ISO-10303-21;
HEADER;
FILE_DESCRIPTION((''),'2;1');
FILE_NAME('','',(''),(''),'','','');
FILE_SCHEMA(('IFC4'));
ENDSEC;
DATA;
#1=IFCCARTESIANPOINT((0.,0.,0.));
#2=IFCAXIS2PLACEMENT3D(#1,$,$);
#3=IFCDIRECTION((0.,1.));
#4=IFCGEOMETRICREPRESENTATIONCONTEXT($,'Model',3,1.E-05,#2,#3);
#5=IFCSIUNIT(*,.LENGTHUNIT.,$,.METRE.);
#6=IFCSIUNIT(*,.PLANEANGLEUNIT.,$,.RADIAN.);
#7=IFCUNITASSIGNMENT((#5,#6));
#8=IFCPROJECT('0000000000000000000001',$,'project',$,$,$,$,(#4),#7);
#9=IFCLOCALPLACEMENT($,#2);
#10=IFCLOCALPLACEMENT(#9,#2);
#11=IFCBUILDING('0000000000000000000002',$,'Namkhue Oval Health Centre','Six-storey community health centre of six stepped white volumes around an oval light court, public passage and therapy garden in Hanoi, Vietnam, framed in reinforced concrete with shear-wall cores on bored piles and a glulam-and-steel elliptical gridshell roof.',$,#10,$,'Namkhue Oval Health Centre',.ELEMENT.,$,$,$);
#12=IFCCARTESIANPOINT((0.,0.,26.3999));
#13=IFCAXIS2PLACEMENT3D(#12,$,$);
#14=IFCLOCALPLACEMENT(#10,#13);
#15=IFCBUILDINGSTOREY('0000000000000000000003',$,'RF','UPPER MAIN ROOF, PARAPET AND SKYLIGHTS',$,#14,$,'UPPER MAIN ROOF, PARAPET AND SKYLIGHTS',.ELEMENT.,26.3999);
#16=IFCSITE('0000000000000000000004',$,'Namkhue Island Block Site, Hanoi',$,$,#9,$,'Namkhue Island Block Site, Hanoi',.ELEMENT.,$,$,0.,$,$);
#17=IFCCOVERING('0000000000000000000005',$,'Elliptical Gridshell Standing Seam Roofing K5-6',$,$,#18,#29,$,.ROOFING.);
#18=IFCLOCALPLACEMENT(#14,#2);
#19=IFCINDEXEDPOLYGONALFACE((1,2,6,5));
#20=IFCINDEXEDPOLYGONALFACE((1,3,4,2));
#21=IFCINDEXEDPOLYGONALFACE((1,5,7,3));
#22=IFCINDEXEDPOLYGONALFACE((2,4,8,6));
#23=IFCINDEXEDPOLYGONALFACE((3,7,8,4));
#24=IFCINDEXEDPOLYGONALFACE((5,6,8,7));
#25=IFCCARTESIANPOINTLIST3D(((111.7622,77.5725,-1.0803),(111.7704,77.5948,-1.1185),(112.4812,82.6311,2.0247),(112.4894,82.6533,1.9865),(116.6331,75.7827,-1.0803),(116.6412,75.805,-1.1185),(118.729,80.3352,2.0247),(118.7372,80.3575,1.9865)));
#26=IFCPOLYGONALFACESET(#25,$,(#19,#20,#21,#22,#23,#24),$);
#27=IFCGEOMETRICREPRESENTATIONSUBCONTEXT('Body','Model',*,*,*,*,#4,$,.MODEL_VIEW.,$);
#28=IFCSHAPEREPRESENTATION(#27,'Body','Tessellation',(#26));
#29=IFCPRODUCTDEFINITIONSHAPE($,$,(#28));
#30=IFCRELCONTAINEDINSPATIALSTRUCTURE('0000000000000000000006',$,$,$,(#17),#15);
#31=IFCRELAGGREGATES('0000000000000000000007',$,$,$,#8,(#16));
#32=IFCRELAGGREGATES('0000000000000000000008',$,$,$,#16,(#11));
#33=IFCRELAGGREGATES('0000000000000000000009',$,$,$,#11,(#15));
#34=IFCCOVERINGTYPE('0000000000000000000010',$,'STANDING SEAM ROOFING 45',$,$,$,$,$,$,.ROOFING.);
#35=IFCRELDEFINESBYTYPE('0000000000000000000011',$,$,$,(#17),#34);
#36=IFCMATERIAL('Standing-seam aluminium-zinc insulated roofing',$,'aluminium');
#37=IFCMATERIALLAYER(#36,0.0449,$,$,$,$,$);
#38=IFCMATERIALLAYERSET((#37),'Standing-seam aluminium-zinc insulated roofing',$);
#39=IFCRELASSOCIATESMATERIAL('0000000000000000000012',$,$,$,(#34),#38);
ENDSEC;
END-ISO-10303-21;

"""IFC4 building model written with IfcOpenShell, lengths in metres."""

from ifc_helpers import new_model, si_unit, direction, frame, origin, place, context, subcontext, project, spatial, polyline, outline, extrude, material, layer, layer_set, type_object, element, save


model = new_model("IFC4")

# Units and contexts
model_context = context("Model", 3, precision=1e-05, world=origin(), true_north=direction((0.0, 1.0)))
body_context = subcontext(model_context, "Body", "Model", "MODEL_VIEW")
ifc_project = project(units=[si_unit("LENGTHUNIT", "METRE"), si_unit("PLANEANGLEUNIT", "RADIAN")], contexts=[model_context])

# Site, building, storey
site_placement = place(None, origin())
site = spatial("IfcSite", under=ifc_project, at=site_placement, Name="Namkhue Island Block Site, Hanoi", LongName="Namkhue Island Block Site, Hanoi", CompositionType="ELEMENT", RefElevation=0.0)
building_placement = place(site_placement, origin())
building = spatial("IfcBuilding", under=site, at=building_placement, Name="Namkhue Oval Health Centre", Description="Six-storey community health centre of six stepped white volumes around an oval light court, public passage and therapy garden in Hanoi, Vietnam, framed in reinforced concrete with shear-wall cores on bored piles and a glulam-and-steel elliptical gridshell roof.", LongName="Namkhue Oval Health Centre", CompositionType="ELEMENT")
storey_placement = place(building_placement, frame((0.0, 0.0, 26.3999)))
storey = spatial("IfcBuildingStorey", under=building, at=storey_placement, Name="RF", Description="UPPER MAIN ROOF, PARAPET AND SKYLIGHTS", LongName="UPPER MAIN ROOF, PARAPET AND SKYLIGHTS", CompositionType="ELEMENT", Elevation=26.3999)

# Covering
ifc_material_1 = material(Name="Standing-seam aluminium-zinc insulated roofing", Category="aluminium")
ifc_layer_1 = layer(ifc_material_1, 0.0449)
ifc_layer_set_1 = layer_set([ifc_layer_1], Name="Standing-seam aluminium-zinc insulated roofing")
covering_type_1 = type_object("IfcCoveringType", Name="STANDING SEAM ROOFING 45", PredefinedType="ROOFING", material=ifc_layer_set_1)
covering_1_placement = place(storey_placement, frame((118.729, 80.3352, 2.0247), z_axis=(-0.182062, -0.495456, 0.849339), x_axis=(-0.938632, 0.344919, 0.000004)))
element("IfcCovering", 1, at=covering_1_placement, inside=storey, type_object=covering_type_1, Name="Elliptical Gridshell Standing Seam Roofing K5-6", PredefinedType="ROOFING", context=body_context, shape_type="SweptSolid", body=[
    extrude(outline(polyline([(0.0, 0.0), (6.6563, 0.0), (5.5863, 5.8824), (0.3971, 5.8823), (0.0, 0.0)])), origin(), (0.0, 0.0, -1.0), 0.0449),
])

save(model, "model.ifc")
